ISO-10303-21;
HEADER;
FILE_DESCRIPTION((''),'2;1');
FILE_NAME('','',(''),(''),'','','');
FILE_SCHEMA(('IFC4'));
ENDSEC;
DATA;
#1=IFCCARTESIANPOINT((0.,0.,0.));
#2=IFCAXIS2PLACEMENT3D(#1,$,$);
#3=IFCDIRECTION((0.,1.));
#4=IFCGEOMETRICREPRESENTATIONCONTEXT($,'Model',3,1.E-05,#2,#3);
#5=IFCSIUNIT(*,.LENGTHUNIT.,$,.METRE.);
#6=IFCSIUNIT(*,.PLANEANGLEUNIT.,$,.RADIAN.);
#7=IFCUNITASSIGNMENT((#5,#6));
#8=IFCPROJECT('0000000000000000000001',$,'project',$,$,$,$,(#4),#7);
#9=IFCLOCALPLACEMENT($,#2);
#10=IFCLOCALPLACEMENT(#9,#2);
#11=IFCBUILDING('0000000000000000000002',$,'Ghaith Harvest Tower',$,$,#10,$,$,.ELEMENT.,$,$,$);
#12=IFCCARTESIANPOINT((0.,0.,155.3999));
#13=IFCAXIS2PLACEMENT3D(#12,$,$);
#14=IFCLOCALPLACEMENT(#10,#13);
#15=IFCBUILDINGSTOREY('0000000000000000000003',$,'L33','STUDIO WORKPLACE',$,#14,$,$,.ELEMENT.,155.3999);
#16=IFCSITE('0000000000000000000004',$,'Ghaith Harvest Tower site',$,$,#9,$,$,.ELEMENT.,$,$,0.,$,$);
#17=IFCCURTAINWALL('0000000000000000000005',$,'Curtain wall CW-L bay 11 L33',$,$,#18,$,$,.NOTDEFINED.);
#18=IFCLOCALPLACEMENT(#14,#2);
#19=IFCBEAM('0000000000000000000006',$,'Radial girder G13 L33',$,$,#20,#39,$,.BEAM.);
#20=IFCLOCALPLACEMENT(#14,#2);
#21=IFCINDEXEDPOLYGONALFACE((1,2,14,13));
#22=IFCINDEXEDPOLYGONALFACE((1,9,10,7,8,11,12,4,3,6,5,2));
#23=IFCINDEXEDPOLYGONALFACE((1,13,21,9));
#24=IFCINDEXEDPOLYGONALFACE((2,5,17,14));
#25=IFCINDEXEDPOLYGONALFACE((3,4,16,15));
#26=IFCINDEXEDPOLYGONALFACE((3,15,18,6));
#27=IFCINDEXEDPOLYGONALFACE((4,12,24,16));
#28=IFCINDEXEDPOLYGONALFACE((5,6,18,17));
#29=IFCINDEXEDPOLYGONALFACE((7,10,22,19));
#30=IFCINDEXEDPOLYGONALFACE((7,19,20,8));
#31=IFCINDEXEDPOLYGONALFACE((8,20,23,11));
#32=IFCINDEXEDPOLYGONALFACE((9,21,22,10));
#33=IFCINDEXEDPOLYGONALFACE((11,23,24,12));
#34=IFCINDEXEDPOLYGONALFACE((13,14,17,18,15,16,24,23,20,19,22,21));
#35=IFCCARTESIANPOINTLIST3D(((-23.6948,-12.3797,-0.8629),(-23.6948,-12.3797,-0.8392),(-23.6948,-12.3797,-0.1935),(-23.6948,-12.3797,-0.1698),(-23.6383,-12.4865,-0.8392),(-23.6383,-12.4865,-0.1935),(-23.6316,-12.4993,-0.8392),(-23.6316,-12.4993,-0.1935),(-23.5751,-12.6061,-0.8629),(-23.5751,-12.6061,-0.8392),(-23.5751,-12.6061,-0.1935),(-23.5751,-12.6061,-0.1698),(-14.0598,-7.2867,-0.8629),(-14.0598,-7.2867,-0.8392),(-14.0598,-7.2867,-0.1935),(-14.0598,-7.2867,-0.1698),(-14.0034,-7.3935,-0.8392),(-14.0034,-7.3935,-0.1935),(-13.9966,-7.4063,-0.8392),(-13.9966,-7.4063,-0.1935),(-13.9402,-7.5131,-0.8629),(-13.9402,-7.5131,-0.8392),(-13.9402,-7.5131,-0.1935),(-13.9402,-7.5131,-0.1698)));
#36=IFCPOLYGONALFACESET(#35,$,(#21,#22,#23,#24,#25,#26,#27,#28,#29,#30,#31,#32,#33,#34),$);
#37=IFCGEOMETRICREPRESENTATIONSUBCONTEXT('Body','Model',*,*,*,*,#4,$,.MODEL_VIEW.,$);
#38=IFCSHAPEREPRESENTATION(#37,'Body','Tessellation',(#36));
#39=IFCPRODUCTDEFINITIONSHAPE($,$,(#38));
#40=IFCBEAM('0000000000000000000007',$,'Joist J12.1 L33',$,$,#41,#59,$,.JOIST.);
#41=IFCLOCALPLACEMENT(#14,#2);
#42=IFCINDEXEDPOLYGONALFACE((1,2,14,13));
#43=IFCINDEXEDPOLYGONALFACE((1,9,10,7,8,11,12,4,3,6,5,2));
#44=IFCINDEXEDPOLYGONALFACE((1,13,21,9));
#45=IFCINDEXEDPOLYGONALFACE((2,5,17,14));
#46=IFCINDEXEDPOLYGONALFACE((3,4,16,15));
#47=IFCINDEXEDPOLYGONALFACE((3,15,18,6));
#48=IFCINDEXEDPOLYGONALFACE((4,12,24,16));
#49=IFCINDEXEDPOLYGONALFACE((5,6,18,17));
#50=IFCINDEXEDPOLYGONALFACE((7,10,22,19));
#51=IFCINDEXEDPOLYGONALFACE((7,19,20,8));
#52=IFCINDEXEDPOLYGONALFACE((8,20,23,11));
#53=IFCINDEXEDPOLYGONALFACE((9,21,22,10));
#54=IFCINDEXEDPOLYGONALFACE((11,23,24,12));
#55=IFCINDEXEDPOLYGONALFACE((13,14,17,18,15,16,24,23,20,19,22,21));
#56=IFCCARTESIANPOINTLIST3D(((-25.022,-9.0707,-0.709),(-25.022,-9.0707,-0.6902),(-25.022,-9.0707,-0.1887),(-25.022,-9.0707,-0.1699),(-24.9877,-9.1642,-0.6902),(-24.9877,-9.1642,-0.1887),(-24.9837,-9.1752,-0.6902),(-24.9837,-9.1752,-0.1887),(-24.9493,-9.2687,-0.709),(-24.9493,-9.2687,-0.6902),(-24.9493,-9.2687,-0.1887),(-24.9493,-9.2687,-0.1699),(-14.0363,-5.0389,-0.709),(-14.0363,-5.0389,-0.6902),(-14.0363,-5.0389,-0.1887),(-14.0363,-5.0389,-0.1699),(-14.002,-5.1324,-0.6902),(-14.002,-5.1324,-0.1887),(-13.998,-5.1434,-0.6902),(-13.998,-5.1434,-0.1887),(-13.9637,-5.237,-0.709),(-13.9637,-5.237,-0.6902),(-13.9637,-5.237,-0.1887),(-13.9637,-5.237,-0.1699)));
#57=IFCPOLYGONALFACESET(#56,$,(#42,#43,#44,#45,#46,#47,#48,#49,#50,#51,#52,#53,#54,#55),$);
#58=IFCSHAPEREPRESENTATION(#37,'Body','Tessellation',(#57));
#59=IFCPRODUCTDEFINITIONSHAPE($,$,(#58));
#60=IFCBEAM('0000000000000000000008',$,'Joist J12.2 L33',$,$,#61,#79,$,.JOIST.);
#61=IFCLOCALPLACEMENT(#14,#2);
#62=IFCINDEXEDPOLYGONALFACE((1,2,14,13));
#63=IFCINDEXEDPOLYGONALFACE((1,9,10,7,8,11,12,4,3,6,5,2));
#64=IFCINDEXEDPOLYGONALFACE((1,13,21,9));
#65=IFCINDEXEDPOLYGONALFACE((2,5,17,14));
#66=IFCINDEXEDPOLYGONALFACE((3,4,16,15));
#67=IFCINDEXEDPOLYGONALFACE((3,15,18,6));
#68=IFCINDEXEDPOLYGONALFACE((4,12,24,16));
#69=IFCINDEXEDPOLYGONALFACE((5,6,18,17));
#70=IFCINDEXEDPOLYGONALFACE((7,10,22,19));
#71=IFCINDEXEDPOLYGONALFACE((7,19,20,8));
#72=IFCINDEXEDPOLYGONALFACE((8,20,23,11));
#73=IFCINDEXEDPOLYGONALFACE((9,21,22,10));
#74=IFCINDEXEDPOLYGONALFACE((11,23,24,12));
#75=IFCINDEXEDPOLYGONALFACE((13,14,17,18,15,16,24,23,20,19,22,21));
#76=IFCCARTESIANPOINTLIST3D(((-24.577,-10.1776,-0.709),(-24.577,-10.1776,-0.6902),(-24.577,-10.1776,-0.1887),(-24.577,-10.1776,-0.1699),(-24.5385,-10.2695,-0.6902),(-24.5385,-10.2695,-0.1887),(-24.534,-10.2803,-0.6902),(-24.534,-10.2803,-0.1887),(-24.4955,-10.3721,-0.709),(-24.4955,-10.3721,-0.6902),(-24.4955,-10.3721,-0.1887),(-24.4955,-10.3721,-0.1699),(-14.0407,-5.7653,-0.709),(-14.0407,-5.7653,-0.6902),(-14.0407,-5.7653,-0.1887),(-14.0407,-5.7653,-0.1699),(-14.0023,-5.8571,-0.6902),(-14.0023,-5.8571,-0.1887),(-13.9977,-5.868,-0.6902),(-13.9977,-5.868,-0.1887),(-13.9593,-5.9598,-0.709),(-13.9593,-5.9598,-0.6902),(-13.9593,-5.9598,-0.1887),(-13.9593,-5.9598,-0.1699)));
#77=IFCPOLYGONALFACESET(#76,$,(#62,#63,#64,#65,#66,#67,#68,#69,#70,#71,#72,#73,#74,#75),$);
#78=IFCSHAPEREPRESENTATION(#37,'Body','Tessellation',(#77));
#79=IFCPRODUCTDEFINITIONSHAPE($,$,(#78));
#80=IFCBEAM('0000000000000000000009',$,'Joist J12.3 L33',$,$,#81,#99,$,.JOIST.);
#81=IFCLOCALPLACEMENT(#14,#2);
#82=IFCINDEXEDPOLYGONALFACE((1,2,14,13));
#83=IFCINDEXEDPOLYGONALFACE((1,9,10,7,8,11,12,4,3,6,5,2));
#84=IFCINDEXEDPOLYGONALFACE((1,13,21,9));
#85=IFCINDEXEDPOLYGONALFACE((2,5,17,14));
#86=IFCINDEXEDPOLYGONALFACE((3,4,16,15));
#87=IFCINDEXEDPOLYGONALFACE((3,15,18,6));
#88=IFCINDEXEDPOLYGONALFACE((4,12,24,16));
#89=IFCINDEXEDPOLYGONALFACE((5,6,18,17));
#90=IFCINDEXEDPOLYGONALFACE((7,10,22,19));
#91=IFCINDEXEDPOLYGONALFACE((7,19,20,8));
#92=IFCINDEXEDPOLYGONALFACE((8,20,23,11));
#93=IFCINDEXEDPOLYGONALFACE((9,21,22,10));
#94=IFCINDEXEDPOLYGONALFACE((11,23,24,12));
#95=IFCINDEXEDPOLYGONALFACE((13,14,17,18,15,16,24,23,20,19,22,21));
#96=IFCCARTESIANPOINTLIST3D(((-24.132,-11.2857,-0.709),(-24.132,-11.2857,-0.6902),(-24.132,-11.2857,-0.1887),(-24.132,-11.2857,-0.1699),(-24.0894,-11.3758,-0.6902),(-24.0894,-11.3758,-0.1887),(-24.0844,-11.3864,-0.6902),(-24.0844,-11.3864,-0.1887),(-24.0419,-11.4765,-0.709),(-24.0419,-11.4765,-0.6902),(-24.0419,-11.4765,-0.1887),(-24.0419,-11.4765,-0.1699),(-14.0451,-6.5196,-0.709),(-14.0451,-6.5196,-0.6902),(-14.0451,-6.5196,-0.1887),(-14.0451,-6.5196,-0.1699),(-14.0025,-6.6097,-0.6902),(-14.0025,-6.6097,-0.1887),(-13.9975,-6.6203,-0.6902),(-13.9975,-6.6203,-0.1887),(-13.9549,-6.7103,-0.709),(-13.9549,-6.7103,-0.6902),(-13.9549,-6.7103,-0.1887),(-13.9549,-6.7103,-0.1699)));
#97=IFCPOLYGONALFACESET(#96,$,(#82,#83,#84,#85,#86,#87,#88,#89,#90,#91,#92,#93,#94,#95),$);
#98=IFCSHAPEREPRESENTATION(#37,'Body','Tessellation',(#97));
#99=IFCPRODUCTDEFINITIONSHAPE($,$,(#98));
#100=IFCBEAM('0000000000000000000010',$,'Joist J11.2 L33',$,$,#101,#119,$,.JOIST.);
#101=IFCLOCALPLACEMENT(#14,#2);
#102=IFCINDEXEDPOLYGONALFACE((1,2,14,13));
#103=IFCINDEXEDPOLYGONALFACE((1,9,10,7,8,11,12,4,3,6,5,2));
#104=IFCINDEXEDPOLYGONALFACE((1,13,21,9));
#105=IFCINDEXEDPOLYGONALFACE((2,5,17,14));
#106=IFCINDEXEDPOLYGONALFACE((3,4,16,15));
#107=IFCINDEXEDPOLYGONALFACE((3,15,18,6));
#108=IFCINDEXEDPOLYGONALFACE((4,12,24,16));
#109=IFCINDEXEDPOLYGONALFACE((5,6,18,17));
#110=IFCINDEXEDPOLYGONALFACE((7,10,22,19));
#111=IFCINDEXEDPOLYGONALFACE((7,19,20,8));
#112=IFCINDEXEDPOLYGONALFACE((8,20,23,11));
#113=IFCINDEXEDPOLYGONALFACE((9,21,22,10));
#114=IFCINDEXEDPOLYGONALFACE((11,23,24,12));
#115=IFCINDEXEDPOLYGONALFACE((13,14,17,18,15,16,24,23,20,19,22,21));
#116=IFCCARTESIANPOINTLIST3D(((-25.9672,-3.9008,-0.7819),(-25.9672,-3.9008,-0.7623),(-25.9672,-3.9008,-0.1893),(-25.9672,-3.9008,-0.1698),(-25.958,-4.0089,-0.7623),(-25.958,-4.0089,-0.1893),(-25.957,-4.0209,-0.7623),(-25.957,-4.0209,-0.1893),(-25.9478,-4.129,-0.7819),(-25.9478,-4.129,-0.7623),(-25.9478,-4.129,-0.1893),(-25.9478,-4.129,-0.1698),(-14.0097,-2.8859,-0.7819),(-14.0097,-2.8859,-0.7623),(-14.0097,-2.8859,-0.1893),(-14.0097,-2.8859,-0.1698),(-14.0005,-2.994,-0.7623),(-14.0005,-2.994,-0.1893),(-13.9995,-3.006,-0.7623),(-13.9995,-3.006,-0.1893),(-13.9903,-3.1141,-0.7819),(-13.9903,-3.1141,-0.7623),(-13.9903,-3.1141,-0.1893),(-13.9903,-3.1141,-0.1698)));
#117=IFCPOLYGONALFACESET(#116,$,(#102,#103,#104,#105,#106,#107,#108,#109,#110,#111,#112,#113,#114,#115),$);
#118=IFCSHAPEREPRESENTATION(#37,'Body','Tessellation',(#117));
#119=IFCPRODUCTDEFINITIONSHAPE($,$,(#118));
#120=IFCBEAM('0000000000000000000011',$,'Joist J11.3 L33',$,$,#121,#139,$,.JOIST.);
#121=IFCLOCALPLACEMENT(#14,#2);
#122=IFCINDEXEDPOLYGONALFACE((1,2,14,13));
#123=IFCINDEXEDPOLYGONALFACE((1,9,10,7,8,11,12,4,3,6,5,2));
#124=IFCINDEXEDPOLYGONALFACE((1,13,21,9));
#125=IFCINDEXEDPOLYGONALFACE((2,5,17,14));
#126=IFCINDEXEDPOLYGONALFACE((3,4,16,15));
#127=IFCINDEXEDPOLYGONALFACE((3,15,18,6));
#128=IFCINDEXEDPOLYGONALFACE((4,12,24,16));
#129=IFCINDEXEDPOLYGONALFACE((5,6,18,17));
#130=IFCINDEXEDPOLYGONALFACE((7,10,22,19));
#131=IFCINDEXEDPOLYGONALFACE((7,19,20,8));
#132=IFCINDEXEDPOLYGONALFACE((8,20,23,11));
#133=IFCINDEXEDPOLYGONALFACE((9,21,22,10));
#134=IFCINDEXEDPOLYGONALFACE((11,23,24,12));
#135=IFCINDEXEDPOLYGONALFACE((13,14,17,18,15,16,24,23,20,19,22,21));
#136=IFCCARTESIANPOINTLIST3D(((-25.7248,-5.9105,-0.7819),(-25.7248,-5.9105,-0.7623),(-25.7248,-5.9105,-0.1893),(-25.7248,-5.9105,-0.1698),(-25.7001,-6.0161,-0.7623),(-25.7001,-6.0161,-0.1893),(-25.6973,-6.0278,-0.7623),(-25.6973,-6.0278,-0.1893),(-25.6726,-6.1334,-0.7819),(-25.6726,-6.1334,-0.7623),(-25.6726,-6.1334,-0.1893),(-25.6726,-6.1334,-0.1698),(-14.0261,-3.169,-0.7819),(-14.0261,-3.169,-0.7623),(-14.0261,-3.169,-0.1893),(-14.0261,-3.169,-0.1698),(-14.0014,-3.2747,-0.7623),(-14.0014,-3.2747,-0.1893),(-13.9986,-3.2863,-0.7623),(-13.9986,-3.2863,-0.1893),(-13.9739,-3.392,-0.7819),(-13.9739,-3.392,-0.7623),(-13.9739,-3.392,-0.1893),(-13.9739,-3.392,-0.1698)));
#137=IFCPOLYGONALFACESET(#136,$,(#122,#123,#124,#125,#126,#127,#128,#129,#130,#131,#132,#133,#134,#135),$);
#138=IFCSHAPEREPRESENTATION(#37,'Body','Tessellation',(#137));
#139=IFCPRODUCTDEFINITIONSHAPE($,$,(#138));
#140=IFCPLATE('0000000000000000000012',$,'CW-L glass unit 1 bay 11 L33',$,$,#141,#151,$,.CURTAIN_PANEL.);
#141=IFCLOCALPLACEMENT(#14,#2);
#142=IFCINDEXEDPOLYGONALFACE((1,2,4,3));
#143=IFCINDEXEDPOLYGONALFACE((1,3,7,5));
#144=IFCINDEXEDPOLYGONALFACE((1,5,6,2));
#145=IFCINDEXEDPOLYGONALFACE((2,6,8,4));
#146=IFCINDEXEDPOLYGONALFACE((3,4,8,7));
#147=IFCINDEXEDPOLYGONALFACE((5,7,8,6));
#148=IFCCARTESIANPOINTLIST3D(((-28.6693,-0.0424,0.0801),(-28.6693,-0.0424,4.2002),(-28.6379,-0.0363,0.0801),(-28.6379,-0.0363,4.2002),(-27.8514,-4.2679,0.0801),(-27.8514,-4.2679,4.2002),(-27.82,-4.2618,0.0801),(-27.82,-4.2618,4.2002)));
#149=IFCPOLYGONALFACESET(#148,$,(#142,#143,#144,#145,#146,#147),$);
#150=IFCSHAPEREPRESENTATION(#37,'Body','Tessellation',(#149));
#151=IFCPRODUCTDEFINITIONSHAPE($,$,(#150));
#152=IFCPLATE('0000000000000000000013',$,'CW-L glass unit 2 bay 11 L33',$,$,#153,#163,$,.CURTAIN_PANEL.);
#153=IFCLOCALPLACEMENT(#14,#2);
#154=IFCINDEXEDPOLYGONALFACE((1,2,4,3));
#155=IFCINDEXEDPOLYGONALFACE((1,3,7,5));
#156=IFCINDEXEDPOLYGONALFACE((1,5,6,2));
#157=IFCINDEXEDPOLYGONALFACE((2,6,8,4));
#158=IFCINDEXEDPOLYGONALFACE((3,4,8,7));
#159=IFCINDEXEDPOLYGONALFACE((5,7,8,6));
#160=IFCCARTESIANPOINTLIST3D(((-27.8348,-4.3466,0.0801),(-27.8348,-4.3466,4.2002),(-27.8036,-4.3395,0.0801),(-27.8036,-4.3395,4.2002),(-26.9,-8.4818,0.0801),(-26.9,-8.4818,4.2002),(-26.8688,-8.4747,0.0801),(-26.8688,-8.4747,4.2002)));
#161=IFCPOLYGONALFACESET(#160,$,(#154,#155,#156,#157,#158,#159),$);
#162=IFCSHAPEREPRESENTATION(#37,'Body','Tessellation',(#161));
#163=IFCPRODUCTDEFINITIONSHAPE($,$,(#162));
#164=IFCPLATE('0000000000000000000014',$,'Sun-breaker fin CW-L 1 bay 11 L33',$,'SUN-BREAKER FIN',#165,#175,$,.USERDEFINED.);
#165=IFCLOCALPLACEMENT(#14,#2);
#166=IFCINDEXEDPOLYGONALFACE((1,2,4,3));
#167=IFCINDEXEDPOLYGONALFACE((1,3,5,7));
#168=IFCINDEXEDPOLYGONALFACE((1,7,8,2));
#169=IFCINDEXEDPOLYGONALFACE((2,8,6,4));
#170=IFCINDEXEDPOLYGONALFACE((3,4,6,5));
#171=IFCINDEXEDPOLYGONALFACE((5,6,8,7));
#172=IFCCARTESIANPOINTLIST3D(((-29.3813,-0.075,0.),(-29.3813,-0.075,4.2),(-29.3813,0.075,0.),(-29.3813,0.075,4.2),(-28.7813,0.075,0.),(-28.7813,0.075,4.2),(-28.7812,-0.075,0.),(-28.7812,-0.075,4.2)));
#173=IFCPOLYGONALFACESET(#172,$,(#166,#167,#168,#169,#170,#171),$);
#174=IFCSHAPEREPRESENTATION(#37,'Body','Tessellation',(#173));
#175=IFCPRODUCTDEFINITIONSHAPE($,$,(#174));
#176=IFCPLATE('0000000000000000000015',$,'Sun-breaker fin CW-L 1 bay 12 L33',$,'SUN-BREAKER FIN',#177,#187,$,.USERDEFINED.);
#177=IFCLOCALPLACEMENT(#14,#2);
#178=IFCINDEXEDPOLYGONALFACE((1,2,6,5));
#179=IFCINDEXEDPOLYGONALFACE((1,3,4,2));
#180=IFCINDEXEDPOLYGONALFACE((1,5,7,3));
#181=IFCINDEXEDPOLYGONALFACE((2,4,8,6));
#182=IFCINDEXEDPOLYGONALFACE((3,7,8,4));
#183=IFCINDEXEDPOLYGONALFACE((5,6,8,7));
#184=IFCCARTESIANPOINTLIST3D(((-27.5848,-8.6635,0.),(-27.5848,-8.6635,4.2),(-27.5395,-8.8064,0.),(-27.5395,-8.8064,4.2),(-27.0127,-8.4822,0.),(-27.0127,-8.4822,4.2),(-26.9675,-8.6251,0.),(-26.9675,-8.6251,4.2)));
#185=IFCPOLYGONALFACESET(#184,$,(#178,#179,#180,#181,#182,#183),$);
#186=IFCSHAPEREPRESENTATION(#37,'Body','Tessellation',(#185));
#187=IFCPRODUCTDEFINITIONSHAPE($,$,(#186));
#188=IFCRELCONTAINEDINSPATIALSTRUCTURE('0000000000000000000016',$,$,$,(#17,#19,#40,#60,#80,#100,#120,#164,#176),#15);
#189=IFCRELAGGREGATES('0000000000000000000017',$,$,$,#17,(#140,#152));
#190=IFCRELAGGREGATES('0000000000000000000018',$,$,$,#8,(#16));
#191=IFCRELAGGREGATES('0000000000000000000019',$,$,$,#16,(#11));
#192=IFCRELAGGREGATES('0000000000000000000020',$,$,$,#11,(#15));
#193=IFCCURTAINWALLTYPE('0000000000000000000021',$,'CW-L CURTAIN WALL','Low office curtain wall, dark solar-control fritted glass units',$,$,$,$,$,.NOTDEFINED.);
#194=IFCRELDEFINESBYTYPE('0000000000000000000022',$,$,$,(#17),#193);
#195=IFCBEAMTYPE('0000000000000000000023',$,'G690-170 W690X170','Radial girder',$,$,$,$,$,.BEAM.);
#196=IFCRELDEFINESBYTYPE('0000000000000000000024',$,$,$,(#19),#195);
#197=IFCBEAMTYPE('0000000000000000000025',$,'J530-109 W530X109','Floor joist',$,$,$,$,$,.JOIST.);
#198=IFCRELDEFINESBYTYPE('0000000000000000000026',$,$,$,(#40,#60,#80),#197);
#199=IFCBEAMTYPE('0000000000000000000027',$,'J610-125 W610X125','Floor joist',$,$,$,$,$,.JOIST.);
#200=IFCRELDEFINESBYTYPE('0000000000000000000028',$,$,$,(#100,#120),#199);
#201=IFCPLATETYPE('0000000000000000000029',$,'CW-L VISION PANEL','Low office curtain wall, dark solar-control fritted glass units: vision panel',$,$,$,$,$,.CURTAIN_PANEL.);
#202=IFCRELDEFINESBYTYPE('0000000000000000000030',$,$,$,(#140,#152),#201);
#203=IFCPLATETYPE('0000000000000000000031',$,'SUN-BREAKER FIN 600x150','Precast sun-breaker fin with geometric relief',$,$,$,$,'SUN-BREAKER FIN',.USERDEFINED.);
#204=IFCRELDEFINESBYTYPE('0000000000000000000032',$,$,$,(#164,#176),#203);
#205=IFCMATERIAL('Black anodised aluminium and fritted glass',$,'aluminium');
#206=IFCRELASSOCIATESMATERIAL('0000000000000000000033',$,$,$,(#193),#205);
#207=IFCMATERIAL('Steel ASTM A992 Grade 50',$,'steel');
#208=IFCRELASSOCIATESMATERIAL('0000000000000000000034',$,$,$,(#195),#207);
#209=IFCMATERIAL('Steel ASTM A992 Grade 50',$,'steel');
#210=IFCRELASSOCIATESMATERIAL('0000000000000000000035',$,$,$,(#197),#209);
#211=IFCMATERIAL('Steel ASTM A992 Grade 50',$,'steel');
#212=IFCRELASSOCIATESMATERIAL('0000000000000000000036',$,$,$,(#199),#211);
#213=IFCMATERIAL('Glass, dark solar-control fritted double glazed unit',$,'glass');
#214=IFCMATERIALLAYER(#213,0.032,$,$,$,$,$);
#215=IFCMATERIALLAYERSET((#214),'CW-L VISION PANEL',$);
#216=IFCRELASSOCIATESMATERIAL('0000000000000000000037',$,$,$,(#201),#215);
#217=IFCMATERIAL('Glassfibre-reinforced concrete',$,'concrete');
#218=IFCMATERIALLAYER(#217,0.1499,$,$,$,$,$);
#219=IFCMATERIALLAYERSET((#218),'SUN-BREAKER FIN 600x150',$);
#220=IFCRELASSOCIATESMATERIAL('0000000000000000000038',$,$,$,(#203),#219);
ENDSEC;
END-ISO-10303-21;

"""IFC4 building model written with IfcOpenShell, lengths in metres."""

from ifc_helpers import new_model, si_unit, direction, frame, origin, origin_2d, place, context, subcontext, project, spatial, rectangle, i_section, extrude, material, layer, layer_set, material_profile, profile_set, type_object, element, aggregate, save


model = new_model("IFC4")

# Units and contexts
model_context = context("Model", 3, precision=1e-05, world=origin(), true_north=direction((0.0, 1.0)))
body_context = subcontext(model_context, "Body", "Model", "MODEL_VIEW")
ifc_project = project(units=[si_unit("LENGTHUNIT", "METRE"), si_unit("PLANEANGLEUNIT", "RADIAN")], contexts=[model_context])

# Site, building, storey
site_placement = place(None, origin())
site = spatial("IfcSite", under=ifc_project, at=site_placement, Name="Ghaith Harvest Tower site", CompositionType="ELEMENT", RefElevation=0.0)
building_placement = place(site_placement, origin())
building = spatial("IfcBuilding", under=site, at=building_placement, Name="Ghaith Harvest Tower", CompositionType="ELEMENT")
storey_placement = place(building_placement, frame((0.0, 0.0, 155.3999)))
storey = spatial("IfcBuildingStorey", under=building, at=storey_placement, Name="L33", Description="STUDIO WORKPLACE", CompositionType="ELEMENT", Elevation=155.3999)

# Curtain wall
ifc_material_1 = material(Name="Black anodised aluminium and fritted glass", Category="aluminium")
curtain_wall_type = type_object("IfcCurtainWallType", Name="CW-L CURTAIN WALL", Description="Low office curtain wall, dark solar-control fritted glass units", PredefinedType="NOTDEFINED", material=ifc_material_1)
curtain_wall_1_placement = place(storey_placement, origin())
curtain_wall_1 = element("IfcCurtainWall", 1, at=curtain_wall_1_placement, inside=storey, type_object=curtain_wall_type, Name="Curtain wall CW-L bay 11 L33", PredefinedType="NOTDEFINED")

# Beams
ifc_material_2 = material(Name="Steel ASTM A992 Grade 50", Category="steel")
ifc_material_profile_1 = material_profile(ifc_material_2, i_section(OverallWidth=0.2561, OverallDepth=0.6931, WebThickness=0.0144, FlangeThickness=0.0237, at=origin_2d()), Name="W690X170")
ifc_profile_set_1 = profile_set([ifc_material_profile_1], Name="Steel ASTM A992 Grade 50")
beam_type_1 = type_object("IfcBeamType", Name="G690-170 W690X170", Description="Radial girder", PredefinedType="BEAM", material=ifc_profile_set_1)
beam_1_placement = place(storey_placement, frame((-14.0, -7.3999, -0.5164), z_axis=(-0.884086, -0.467324, 0.0), x_axis=(0.467324, -0.884086, 0.0)))
element("IfcBeam", 2, at=beam_1_placement, inside=storey, type_object=beam_type_1, Name="Radial girder G13 L33", PredefinedType="BEAM", context=body_context, shape_type="SweptSolid", body=[
    extrude(i_section(OverallWidth=0.2561, OverallDepth=0.6931, WebThickness=0.0144, FlangeThickness=0.0237, at=origin_2d()), origin(), (0.0, 0.0, 1.0), 10.8982),
])
ifc_material_3 = material(Name="Steel ASTM A992 Grade 50", Category="steel")
ifc_material_profile_2 = material_profile(ifc_material_3, i_section(OverallWidth=0.2109, OverallDepth=0.5391, WebThickness=0.0117, FlangeThickness=0.0188, at=origin_2d()), Name="W530X109")
ifc_profile_set_2 = profile_set([ifc_material_profile_2], Name="Steel ASTM A992 Grade 50")
beam_type_2 = type_object("IfcBeamType", Name="J530-109 W530X109", Description="Floor joist", PredefinedType="JOIST", material=ifc_profile_set_2)
beam_2_placement = place(storey_placement, frame((-14.0, -5.1379, -0.4395), z_axis=(-0.938774, -0.344532, 0.0), x_axis=(0.344532, -0.938774, 0.0)))
element("IfcBeam", 3, at=beam_2_placement, inside=storey, type_object=beam_type_2, Name="Joist J12.1 L33", PredefinedType="JOIST", context=body_context, shape_type="SweptSolid", body=[
    extrude(i_section(OverallWidth=0.2109, OverallDepth=0.5391, WebThickness=0.0117, FlangeThickness=0.0188, at=origin_2d()), origin(), (0.0, 0.0, 1.0), 11.7021),
])
beam_3_placement = place(storey_placement, frame((-14.0, -5.8625, -0.4395), z_axis=(-0.922386, -0.38627, 0.0), x_axis=(0.38627, -0.922386, 0.0)))
element("IfcBeam", 4, at=beam_3_placement, inside=storey, type_object=beam_type_2, Name="Joist J12.2 L33", PredefinedType="JOIST", context=body_context, shape_type="SweptSolid", body=[
    extrude(i_section(OverallWidth=0.2109, OverallDepth=0.5391, WebThickness=0.0117, FlangeThickness=0.0188, at=origin_2d()), origin(), (0.0, 0.0, 1.0), 11.4229),
])
beam_4_placement = place(storey_placement, frame((-14.0, -6.615, -0.4395), z_axis=(-0.90415, -0.427215, 0.0), x_axis=(0.427215, -0.90415, 0.0)))
element("IfcBeam", 5, at=beam_4_placement, inside=storey, type_object=beam_type_2, Name="Joist J12.3 L33", PredefinedType="JOIST", context=body_context, shape_type="SweptSolid", body=[
    extrude(i_section(OverallWidth=0.2109, OverallDepth=0.5391, WebThickness=0.0117, FlangeThickness=0.0188, at=origin_2d()), origin(), (0.0, 0.0, 1.0), 11.1562),
])
ifc_material_4 = material(Name="Steel ASTM A992 Grade 50", Category="steel")
ifc_material_profile_3 = material_profile(ifc_material_4, i_section(OverallWidth=0.229, OverallDepth=0.6121, WebThickness=0.012, FlangeThickness=0.0195, at=origin_2d()), Name="W610X125")
ifc_profile_set_3 = profile_set([ifc_material_profile_3], Name="Steel ASTM A992 Grade 50")
beam_type_3 = type_object("IfcBeamType", Name="J610-125 W610X125", Description="Floor joist", PredefinedType="JOIST", material=ifc_profile_set_3)
beam_5_placement = place(storey_placement, frame((-14.0, -3.0, -0.4758), z_axis=(-0.996417, -0.084571, 0.0), x_axis=(0.084571, -0.996417, 0.0)))
element("IfcBeam", 6, at=beam_5_placement, inside=storey, type_object=beam_type_3, Name="Joist J11.2 L33", PredefinedType="JOIST", context=body_context, shape_type="SweptSolid", body=[
    extrude(i_section(OverallWidth=0.229, OverallDepth=0.6121, WebThickness=0.012, FlangeThickness=0.0195, at=origin_2d()), origin(), (0.0, 0.0, 1.0), 12.0005),
])
beam_6_placement = place(storey_placement, frame((-14.0, -3.2805, -0.4758), z_axis=(-0.973624, -0.228157, 0.0), x_axis=(0.228157, -0.973624, 0.0)))
element("IfcBeam", 7, at=beam_6_placement, inside=storey, type_object=beam_type_3, Name="Joist J11.3 L33", PredefinedType="JOIST", context=body_context, shape_type="SweptSolid", body=[
    extrude(i_section(OverallWidth=0.229, OverallDepth=0.6121, WebThickness=0.012, FlangeThickness=0.0195, at=origin_2d()), origin(), (0.0, 0.0, 1.0), 12.0156),
])

# Plates
ifc_material_5 = material(Name="Glass, dark solar-control fritted double glazed unit", Category="glass")
ifc_layer_1 = layer(ifc_material_5, 0.032)
ifc_layer_set_1 = layer_set([ifc_layer_1], Name="CW-L VISION PANEL")
plate_type_1 = type_object("IfcPlateType", Name="CW-L VISION PANEL", Description="Low office curtain wall, dark solar-control fritted glass units: vision panel", PredefinedType="CURTAIN_PANEL", material=ifc_layer_set_1)
plate_1_placement = place(storey_placement, frame((-28.2446, -2.1521, 0.0801), z_axis=(0.0, 0.0, 1.0), x_axis=(0.190045, -0.981775, 0.0)))
plate_1 = element("IfcPlate", 8, at=plate_1_placement, type_object=plate_type_1, Name="CW-L glass unit 1 bay 11 L33", PredefinedType="CURTAIN_PANEL", context=body_context, shape_type="SweptSolid", body=[
    extrude(rectangle(XDim=4.304, YDim=0.032, at=origin_2d()), origin(), (0.0, 0.0, 1.0), 4.1201),
])
plate_2_placement = place(storey_placement, frame((-27.3518, -6.4106, 0.0801), z_axis=(0.0, 0.0, 1.0), x_axis=(0.220483, -0.975391, 0.0)))
plate_2 = element("IfcPlate", 9, at=plate_2_placement, type_object=plate_type_1, Name="CW-L glass unit 2 bay 11 L33", PredefinedType="CURTAIN_PANEL", context=body_context, shape_type="SweptSolid", body=[
    extrude(rectangle(XDim=4.2395, YDim=0.032, at=origin_2d()), origin(), (0.0, 0.0, 1.0), 4.1201),
])
aggregate(curtain_wall_1, [plate_1, plate_2])

# Plates
ifc_material_6 = material(Name="Glassfibre-reinforced concrete", Category="concrete")
ifc_layer_2 = layer(ifc_material_6, 0.1499)
ifc_layer_set_2 = layer_set([ifc_layer_2], Name="SUN-BREAKER FIN 600x150")
plate_type_2 = type_object("IfcPlateType", Name="SUN-BREAKER FIN 600x150", Description="Precast sun-breaker fin with geometric relief", ElementType="SUN-BREAKER FIN", PredefinedType="USERDEFINED", material=ifc_layer_set_2)
for number, where, z_axis, x_axis, name in (
    (10, (-29.0813, 0.0, 0.0), (0.0, 0.0, 1.0), (-1.0, 0.0, 0.0), "Sun-breaker fin CW-L 1 bay 11 L33"),
    (11, (-27.2761, -8.6443, 0.0), (0.0, 0.0, 1.0), (-0.953273, -0.30211, 0.0), "Sun-breaker fin CW-L 1 bay 12 L33"),
):
    element("IfcPlate", number, at=place(storey_placement, frame(where, z_axis=z_axis, x_axis=x_axis)), inside=storey, type_object=plate_type_2, Name=name, ObjectType="SUN-BREAKER FIN", PredefinedType="USERDEFINED", context=body_context, shape_type="SweptSolid", body=[
        extrude(rectangle(XDim=0.6001, YDim=0.1499, at=origin_2d()), origin(), (0.0, 0.0, 1.0), 4.2),
    ])

save(model, "model.ifc")
